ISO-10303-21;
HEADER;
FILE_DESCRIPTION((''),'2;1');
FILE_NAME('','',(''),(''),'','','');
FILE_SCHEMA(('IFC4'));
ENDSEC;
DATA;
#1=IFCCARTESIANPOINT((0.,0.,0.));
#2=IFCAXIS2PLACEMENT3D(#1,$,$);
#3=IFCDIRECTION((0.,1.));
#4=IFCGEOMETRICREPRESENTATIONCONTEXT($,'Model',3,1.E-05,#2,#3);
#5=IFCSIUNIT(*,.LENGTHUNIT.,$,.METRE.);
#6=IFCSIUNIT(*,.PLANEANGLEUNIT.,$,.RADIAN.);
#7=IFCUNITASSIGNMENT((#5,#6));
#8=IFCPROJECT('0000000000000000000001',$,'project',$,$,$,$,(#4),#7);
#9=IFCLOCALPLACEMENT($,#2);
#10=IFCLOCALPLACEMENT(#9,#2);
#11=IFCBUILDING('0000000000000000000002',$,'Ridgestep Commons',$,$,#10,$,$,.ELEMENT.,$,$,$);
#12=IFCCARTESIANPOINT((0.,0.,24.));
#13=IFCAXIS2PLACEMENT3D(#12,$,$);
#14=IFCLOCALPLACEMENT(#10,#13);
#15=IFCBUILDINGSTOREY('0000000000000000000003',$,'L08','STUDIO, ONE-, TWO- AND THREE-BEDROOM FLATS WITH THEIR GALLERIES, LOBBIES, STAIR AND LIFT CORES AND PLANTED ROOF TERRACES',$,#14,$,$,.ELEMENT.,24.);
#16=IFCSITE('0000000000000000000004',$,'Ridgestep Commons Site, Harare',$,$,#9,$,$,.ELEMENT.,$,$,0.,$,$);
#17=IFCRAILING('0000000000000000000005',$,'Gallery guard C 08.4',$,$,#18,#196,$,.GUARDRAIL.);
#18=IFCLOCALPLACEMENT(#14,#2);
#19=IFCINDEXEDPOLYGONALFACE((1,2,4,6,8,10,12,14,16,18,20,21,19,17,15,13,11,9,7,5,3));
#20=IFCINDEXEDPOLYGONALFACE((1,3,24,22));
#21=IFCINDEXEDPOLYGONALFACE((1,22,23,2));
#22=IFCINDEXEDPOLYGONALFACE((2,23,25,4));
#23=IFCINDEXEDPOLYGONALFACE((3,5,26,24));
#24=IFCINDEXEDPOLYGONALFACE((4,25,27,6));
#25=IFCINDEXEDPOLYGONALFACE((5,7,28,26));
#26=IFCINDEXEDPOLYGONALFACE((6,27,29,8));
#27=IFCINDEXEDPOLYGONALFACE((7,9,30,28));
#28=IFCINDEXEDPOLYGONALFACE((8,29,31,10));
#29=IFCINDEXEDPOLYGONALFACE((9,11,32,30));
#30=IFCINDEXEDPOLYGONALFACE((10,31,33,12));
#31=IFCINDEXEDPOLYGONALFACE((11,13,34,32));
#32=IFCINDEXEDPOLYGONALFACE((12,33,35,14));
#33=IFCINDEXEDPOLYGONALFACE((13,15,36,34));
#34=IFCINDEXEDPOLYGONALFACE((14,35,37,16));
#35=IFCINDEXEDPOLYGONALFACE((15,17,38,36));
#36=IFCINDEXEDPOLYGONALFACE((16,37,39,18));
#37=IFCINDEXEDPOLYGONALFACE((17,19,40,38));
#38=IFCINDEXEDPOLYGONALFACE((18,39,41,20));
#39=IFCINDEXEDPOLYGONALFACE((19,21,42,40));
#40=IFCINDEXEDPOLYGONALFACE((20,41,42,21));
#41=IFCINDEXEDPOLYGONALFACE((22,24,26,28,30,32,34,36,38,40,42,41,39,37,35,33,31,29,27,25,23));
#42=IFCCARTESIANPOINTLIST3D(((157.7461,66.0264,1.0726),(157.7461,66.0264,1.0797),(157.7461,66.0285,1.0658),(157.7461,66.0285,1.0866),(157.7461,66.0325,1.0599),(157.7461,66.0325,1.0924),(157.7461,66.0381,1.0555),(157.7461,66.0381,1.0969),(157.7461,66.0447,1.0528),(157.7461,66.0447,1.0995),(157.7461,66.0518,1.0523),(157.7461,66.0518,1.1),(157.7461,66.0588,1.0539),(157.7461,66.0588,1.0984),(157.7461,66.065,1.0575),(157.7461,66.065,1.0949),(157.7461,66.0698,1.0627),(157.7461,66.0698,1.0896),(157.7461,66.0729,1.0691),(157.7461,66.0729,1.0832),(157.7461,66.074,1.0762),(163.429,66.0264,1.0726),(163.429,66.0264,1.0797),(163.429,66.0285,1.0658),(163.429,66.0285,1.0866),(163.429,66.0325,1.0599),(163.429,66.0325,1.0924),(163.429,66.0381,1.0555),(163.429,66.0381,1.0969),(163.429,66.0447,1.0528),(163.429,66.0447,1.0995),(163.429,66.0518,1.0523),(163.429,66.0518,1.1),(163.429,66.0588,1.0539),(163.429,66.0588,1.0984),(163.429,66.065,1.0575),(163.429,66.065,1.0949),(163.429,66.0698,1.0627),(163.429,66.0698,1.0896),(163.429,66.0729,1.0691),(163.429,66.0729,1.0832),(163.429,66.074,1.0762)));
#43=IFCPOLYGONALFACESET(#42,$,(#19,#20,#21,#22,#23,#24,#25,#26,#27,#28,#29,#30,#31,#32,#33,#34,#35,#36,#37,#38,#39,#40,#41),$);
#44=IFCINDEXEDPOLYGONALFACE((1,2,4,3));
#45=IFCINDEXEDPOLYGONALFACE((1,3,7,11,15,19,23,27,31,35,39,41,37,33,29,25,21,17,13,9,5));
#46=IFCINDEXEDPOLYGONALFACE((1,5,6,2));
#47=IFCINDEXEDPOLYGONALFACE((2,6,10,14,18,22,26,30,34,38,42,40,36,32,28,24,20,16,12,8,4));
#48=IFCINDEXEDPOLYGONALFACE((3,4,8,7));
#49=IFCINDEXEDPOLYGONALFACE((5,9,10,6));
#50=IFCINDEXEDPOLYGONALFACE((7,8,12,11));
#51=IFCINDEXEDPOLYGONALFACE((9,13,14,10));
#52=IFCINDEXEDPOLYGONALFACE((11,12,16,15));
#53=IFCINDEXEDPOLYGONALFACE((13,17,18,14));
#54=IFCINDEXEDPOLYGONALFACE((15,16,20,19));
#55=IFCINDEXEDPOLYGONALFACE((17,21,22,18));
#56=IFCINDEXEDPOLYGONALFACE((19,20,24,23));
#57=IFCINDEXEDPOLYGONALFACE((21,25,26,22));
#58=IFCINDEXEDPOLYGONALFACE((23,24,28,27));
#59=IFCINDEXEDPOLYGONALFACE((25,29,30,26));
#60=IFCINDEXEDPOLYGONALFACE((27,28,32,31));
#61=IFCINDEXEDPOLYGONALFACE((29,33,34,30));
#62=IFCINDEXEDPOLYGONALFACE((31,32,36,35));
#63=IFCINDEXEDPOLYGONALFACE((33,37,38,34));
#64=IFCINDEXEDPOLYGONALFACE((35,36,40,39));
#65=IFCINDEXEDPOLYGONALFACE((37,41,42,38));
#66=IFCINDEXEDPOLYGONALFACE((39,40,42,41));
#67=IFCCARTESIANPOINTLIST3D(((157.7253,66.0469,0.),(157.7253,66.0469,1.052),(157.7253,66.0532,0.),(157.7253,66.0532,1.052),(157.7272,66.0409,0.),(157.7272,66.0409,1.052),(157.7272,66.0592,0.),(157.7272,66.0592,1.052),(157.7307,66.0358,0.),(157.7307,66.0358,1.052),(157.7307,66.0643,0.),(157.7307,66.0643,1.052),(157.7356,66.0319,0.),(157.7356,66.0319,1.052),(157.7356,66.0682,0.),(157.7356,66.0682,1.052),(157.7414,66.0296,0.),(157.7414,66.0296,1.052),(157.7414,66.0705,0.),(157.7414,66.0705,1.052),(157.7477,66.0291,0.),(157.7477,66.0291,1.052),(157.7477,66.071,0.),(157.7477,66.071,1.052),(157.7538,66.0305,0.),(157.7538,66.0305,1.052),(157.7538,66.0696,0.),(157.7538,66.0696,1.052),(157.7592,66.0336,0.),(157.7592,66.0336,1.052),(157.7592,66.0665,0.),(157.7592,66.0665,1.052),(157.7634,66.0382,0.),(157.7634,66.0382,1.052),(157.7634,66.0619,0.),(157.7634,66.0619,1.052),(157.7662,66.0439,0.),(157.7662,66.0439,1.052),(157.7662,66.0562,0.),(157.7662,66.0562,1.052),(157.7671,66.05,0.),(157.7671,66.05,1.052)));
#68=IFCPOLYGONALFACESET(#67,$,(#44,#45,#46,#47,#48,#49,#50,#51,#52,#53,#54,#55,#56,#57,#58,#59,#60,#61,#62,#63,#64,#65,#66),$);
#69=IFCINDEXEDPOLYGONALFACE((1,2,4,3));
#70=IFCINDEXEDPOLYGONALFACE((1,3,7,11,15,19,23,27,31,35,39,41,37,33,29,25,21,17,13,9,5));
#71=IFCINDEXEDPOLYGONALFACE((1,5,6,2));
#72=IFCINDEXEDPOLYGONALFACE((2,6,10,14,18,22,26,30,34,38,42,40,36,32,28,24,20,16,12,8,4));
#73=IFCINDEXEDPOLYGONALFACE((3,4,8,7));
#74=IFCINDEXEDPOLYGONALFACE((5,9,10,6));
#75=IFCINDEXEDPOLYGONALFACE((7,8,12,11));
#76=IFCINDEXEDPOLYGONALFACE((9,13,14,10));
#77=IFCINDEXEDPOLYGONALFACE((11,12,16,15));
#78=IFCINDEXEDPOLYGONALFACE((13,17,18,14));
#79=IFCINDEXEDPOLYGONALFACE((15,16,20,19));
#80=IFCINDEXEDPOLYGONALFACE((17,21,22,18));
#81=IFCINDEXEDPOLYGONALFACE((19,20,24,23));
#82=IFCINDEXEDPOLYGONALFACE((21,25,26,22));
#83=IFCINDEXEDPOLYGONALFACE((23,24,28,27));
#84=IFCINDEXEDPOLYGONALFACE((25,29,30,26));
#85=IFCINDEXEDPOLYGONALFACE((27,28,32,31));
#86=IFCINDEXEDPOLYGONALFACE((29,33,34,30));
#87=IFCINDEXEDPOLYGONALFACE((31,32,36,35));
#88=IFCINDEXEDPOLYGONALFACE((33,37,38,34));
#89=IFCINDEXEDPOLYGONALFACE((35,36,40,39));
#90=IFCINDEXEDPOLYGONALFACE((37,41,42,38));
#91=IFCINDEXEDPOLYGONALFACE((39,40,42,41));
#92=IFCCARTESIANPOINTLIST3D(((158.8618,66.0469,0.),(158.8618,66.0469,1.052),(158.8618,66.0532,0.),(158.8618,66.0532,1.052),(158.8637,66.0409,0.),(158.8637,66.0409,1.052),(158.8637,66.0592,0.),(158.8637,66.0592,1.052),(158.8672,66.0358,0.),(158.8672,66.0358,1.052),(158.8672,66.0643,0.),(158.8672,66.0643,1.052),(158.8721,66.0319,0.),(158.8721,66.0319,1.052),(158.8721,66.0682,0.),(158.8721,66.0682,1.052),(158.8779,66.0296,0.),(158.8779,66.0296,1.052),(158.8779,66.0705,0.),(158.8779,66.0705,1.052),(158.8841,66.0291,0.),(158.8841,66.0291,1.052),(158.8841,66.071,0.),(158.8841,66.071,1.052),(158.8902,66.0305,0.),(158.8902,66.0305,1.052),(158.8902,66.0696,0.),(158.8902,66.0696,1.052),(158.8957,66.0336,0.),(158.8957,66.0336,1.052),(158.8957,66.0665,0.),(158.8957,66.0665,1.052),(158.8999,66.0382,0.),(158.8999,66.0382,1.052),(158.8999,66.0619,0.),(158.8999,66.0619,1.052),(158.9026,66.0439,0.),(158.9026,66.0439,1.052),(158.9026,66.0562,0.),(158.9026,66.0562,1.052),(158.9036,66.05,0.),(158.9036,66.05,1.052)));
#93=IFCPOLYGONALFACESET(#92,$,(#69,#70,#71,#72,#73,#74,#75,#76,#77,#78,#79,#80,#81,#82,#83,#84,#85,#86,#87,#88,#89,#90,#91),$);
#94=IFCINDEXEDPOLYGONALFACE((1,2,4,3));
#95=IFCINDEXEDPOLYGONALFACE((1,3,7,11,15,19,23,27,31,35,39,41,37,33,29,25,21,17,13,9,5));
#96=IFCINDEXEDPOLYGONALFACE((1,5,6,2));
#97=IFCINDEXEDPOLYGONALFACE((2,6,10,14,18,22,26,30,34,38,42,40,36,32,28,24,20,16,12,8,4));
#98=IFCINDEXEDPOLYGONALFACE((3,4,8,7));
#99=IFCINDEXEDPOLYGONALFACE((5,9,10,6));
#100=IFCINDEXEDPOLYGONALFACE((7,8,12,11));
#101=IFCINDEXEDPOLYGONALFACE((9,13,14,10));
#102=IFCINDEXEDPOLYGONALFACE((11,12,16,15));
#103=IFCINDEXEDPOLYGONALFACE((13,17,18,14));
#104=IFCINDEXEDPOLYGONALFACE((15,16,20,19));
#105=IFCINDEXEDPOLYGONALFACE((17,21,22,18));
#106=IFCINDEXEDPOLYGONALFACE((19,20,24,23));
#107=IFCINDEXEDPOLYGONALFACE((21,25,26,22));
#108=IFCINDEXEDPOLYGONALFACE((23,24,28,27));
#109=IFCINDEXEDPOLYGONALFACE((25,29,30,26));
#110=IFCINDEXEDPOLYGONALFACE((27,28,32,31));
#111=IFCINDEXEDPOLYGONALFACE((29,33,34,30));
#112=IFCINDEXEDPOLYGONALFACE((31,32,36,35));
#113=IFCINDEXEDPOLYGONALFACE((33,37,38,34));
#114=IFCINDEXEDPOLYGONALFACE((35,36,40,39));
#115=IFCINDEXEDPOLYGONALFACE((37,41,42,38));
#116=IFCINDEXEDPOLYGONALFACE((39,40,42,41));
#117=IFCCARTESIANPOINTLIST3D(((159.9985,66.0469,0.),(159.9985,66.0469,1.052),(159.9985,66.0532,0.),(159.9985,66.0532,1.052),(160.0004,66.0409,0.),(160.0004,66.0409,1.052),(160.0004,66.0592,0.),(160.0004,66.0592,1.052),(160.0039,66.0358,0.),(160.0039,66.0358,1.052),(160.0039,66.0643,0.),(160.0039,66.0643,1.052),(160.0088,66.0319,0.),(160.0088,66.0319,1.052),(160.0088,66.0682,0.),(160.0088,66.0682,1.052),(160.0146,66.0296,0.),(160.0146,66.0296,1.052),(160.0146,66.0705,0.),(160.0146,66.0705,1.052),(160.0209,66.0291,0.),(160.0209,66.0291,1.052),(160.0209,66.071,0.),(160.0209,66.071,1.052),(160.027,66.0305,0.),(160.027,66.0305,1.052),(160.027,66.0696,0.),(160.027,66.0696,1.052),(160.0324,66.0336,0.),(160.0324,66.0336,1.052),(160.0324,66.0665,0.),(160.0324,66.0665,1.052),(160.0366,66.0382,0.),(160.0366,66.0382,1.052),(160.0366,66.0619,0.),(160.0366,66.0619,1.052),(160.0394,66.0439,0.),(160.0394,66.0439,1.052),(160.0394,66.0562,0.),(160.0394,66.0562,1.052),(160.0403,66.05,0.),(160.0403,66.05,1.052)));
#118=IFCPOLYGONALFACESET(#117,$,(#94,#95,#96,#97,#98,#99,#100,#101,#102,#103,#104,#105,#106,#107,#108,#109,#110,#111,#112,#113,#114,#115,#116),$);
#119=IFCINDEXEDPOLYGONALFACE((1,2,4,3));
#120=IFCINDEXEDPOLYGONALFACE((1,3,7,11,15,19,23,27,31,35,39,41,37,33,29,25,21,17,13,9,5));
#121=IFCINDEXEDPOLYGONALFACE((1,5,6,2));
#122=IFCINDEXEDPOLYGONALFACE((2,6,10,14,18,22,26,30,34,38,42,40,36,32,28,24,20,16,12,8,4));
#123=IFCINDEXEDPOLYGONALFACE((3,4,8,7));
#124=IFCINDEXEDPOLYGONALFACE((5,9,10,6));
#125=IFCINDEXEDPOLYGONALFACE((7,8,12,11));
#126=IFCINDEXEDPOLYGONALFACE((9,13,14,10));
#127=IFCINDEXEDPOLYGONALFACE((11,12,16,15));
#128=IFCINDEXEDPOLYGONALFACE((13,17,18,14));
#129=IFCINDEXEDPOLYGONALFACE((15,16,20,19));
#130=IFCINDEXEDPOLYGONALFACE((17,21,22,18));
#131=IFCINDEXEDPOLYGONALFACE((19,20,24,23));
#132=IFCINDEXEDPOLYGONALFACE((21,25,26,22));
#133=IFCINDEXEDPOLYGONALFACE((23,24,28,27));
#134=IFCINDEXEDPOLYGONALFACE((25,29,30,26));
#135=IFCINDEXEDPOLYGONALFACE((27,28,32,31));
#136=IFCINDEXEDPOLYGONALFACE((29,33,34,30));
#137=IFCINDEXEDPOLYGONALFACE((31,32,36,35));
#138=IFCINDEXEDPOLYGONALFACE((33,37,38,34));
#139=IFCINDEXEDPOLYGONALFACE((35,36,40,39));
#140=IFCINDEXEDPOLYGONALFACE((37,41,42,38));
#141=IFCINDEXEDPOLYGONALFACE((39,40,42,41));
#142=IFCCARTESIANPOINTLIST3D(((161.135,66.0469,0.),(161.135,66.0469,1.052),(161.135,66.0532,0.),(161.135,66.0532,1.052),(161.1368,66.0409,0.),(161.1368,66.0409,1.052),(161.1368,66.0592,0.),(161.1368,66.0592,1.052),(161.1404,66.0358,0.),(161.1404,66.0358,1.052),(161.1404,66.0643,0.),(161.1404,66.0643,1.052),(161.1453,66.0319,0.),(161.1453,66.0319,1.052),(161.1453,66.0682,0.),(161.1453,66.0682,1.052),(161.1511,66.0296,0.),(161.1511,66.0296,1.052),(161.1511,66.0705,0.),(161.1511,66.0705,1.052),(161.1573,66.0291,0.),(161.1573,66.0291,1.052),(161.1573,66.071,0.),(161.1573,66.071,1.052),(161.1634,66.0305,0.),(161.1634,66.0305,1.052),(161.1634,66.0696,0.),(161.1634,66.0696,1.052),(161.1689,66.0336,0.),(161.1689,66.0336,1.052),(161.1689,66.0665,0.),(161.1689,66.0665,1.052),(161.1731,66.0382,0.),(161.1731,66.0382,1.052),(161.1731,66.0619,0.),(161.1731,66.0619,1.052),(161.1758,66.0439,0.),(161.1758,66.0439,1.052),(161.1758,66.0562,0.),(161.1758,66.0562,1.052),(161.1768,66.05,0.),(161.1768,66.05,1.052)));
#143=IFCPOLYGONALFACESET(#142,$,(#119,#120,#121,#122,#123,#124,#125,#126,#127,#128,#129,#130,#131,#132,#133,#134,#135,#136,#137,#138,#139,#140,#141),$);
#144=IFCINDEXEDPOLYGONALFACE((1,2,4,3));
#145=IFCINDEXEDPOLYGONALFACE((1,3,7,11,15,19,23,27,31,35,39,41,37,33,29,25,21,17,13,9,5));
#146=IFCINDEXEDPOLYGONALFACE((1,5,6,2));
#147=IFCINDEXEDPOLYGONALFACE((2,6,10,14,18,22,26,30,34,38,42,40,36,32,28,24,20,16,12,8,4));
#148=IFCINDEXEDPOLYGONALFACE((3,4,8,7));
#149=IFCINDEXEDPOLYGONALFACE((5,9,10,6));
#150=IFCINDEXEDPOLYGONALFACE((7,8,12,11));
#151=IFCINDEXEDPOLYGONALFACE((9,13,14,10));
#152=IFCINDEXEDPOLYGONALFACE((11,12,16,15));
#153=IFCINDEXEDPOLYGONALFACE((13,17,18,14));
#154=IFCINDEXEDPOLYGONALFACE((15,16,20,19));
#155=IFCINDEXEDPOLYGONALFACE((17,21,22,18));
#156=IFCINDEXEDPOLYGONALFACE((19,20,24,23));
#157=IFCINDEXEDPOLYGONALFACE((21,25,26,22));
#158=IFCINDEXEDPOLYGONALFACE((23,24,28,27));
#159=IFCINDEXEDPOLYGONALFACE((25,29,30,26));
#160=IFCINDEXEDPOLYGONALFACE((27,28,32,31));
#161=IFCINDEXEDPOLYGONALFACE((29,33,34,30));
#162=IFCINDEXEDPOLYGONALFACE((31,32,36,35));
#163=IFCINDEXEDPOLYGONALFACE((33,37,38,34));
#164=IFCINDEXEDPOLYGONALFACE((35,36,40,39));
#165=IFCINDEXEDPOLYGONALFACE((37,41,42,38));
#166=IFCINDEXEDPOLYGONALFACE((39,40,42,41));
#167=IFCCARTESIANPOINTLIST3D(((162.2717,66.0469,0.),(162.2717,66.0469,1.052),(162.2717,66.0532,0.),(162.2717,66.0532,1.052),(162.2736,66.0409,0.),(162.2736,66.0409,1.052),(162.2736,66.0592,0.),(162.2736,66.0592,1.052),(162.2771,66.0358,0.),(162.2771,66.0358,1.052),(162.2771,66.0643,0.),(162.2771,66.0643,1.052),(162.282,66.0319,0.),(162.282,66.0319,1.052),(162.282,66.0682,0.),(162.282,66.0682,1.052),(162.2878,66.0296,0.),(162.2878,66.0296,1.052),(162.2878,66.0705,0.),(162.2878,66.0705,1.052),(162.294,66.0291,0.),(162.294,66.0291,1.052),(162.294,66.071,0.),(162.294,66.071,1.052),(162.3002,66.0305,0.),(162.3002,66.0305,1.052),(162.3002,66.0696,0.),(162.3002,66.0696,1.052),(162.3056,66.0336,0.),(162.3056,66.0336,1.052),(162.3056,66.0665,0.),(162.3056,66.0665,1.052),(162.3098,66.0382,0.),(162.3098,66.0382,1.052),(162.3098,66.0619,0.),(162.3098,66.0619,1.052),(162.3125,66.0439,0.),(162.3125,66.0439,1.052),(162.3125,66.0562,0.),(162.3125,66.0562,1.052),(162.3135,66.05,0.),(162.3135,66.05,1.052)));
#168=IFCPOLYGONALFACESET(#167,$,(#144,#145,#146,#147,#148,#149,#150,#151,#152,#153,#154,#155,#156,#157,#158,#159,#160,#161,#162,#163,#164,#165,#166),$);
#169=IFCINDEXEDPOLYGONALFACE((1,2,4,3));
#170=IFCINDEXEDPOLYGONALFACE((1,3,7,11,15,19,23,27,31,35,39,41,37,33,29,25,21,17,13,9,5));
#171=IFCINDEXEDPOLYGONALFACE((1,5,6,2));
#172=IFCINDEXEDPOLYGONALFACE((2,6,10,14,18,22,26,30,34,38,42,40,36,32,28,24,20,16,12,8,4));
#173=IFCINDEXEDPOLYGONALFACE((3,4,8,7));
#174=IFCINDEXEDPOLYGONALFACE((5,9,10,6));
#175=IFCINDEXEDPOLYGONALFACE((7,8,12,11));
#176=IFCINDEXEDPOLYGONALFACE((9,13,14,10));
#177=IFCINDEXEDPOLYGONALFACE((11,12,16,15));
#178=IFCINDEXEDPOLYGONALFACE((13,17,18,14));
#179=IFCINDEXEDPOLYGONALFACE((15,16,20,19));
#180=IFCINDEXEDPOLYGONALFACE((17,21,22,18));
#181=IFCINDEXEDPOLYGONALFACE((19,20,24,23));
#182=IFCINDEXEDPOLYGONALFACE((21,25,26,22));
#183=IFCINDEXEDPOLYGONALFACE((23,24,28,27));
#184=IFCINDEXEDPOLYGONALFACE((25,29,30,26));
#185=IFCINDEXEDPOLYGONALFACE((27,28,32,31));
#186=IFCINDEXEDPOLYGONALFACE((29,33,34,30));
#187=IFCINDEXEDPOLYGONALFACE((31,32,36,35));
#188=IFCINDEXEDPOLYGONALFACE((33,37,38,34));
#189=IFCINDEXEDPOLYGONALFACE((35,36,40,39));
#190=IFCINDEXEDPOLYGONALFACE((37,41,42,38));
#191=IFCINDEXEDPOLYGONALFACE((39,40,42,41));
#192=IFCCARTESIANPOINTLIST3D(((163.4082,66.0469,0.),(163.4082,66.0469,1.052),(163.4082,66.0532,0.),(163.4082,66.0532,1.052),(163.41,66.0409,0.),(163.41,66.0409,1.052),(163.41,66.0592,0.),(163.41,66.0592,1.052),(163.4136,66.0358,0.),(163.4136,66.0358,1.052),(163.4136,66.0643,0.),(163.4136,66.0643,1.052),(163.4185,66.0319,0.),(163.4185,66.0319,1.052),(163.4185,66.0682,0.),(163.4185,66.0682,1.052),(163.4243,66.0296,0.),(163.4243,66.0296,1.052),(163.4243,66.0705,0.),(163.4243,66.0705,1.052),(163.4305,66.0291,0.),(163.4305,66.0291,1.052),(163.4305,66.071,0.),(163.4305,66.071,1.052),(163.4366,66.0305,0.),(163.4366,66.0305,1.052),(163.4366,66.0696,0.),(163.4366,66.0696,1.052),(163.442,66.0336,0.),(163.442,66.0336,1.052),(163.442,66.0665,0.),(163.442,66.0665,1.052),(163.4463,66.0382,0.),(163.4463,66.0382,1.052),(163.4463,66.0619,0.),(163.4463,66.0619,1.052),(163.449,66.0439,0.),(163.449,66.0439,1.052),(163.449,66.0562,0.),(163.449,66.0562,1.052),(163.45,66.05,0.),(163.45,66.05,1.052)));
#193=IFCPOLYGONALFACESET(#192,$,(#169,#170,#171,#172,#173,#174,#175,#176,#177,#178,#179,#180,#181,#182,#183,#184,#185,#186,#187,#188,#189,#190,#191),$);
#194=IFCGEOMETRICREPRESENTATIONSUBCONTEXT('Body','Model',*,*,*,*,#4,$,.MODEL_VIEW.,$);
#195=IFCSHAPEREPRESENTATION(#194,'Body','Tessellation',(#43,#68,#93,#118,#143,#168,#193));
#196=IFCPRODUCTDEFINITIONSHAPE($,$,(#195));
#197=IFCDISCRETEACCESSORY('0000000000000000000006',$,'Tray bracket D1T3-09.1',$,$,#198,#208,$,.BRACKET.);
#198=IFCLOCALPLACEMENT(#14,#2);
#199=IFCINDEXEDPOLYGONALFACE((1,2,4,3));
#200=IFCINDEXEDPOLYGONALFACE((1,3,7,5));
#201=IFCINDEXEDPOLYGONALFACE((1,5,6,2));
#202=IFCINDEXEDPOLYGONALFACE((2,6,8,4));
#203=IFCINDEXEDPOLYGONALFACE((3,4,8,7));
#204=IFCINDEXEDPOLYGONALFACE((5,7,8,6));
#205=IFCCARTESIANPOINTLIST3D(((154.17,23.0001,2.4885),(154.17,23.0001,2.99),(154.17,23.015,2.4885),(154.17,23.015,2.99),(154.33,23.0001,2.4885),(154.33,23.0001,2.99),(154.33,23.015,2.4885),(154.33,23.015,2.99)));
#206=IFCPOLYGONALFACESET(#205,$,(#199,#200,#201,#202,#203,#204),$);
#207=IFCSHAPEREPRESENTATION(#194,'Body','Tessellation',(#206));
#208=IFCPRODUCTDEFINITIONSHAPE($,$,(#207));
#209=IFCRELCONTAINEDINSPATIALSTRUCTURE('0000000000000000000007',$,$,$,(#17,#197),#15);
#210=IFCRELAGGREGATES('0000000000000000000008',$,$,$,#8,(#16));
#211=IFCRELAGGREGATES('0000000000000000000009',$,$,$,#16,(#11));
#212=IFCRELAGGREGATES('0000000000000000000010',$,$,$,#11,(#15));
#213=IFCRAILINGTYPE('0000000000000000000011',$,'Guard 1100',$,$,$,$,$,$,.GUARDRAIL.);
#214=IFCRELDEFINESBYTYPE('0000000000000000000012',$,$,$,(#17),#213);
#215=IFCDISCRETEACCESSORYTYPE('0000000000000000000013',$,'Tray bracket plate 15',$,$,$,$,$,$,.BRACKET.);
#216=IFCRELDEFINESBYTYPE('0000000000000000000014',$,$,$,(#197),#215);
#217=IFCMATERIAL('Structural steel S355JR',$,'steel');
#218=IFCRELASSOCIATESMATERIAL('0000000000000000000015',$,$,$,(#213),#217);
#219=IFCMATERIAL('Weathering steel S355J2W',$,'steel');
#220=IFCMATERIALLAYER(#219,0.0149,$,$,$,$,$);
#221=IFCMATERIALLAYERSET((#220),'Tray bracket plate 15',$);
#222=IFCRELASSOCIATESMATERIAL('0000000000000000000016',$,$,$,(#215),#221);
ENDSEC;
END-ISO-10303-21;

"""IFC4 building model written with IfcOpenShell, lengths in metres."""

from ifc_helpers import new_model, si_unit, direction, frame, origin, origin_2d, place, context, subcontext, project, spatial, rectangle, circle, extrude, material, layer, layer_set, type_object, element, save


model = new_model("IFC4")

# Units and contexts
model_context = context("Model", 3, precision=1e-05, world=origin(), true_north=direction((0.0, 1.0)))
body_context = subcontext(model_context, "Body", "Model", "MODEL_VIEW")
ifc_project = project(units=[si_unit("LENGTHUNIT", "METRE"), si_unit("PLANEANGLEUNIT", "RADIAN")], contexts=[model_context])

# Site, building, storey
site_placement = place(None, origin())
site = spatial("IfcSite", under=ifc_project, at=site_placement, Name="Ridgestep Commons Site, Harare", CompositionType="ELEMENT", RefElevation=0.0)
building_placement = place(site_placement, origin())
building = spatial("IfcBuilding", under=site, at=building_placement, Name="Ridgestep Commons", CompositionType="ELEMENT")
storey_placement = place(building_placement, frame((0.0, 0.0, 24.0)))
storey = spatial("IfcBuildingStorey", under=building, at=storey_placement, Name="L08", Description="STUDIO, ONE-, TWO- AND THREE-BEDROOM FLATS WITH THEIR GALLERIES, LOBBIES, STAIR AND LIFT CORES AND PLANTED ROOF TERRACES", CompositionType="ELEMENT", Elevation=24.0)

# Railing
ifc_material_1 = material(Name="Structural steel S355JR", Category="steel")
railing_type = type_object("IfcRailingType", Name="Guard 1100", PredefinedType="GUARDRAIL", material=ifc_material_1)
railing_placement = place(storey_placement, frame((157.7461, 66.05, 0.0)))
element("IfcRailing", 1, at=railing_placement, inside=storey, type_object=railing_type, Name="Gallery guard C 08.4", PredefinedType="GUARDRAIL", context=body_context, shape_type="SweptSolid", body=[
    extrude(circle(Radius=0.0239, at=origin_2d()), frame((0.0, 0.0, 1.0762), z_axis=(1.0, 0.0, 0.0), x_axis=(0.0, 1.0, 0.0)), (0.0, 0.0, 1.0), 5.6829),
    extrude(circle(Radius=0.021, at=origin_2d()), origin(), (0.0, 0.0, 1.0), 1.052),
    extrude(circle(Radius=0.021, at=origin_2d()), frame((1.1365, 0.0, 0.0)), (0.0, 0.0, 1.0), 1.052),
    extrude(circle(Radius=0.021, at=origin_2d()), frame((2.2732, 0.0, 0.0)), (0.0, 0.0, 1.0), 1.052),
    extrude(circle(Radius=0.021, at=origin_2d()), frame((3.4097, 0.0, 0.0)), (0.0, 0.0, 1.0), 1.052),
    extrude(circle(Radius=0.021, at=origin_2d()), frame((4.5464, 0.0, 0.0)), (0.0, 0.0, 1.0), 1.052),
    extrude(circle(Radius=0.021, at=origin_2d()), frame((5.6829, 0.0, 0.0)), (0.0, 0.0, 1.0), 1.052),
])

# Discrete accessory
ifc_material_2 = material(Name="Weathering steel S355J2W", Category="steel")
ifc_layer_1 = layer(ifc_material_2, 0.0149)
ifc_layer_set_1 = layer_set([ifc_layer_1], Name="Tray bracket plate 15")
discrete_accessory_type_1 = type_object("IfcDiscreteAccessoryType", Name="Tray bracket plate 15", PredefinedType="BRACKET", material=ifc_layer_set_1)
for number, where, z_axis, x_axis, name in (
    (2, (154.25, 23.0076, 2.4885), (0.0, 0.0, 1.0), (1.0, 0.0, 0.0), "Tray bracket D1T3-09.1"),
):
    element("IfcDiscreteAccessory", number, at=place(storey_placement, frame(where, z_axis=z_axis, x_axis=x_axis)), inside=storey, type_object=discrete_accessory_type_1, Name=name, PredefinedType="BRACKET", context=body_context, shape_type="SweptSolid", body=[
        extrude(rectangle(XDim=0.1599, YDim=0.0149, at=origin_2d()), origin(), (0.0, 0.0, 1.0), 0.5015),
    ])

save(model, "model.ifc")
